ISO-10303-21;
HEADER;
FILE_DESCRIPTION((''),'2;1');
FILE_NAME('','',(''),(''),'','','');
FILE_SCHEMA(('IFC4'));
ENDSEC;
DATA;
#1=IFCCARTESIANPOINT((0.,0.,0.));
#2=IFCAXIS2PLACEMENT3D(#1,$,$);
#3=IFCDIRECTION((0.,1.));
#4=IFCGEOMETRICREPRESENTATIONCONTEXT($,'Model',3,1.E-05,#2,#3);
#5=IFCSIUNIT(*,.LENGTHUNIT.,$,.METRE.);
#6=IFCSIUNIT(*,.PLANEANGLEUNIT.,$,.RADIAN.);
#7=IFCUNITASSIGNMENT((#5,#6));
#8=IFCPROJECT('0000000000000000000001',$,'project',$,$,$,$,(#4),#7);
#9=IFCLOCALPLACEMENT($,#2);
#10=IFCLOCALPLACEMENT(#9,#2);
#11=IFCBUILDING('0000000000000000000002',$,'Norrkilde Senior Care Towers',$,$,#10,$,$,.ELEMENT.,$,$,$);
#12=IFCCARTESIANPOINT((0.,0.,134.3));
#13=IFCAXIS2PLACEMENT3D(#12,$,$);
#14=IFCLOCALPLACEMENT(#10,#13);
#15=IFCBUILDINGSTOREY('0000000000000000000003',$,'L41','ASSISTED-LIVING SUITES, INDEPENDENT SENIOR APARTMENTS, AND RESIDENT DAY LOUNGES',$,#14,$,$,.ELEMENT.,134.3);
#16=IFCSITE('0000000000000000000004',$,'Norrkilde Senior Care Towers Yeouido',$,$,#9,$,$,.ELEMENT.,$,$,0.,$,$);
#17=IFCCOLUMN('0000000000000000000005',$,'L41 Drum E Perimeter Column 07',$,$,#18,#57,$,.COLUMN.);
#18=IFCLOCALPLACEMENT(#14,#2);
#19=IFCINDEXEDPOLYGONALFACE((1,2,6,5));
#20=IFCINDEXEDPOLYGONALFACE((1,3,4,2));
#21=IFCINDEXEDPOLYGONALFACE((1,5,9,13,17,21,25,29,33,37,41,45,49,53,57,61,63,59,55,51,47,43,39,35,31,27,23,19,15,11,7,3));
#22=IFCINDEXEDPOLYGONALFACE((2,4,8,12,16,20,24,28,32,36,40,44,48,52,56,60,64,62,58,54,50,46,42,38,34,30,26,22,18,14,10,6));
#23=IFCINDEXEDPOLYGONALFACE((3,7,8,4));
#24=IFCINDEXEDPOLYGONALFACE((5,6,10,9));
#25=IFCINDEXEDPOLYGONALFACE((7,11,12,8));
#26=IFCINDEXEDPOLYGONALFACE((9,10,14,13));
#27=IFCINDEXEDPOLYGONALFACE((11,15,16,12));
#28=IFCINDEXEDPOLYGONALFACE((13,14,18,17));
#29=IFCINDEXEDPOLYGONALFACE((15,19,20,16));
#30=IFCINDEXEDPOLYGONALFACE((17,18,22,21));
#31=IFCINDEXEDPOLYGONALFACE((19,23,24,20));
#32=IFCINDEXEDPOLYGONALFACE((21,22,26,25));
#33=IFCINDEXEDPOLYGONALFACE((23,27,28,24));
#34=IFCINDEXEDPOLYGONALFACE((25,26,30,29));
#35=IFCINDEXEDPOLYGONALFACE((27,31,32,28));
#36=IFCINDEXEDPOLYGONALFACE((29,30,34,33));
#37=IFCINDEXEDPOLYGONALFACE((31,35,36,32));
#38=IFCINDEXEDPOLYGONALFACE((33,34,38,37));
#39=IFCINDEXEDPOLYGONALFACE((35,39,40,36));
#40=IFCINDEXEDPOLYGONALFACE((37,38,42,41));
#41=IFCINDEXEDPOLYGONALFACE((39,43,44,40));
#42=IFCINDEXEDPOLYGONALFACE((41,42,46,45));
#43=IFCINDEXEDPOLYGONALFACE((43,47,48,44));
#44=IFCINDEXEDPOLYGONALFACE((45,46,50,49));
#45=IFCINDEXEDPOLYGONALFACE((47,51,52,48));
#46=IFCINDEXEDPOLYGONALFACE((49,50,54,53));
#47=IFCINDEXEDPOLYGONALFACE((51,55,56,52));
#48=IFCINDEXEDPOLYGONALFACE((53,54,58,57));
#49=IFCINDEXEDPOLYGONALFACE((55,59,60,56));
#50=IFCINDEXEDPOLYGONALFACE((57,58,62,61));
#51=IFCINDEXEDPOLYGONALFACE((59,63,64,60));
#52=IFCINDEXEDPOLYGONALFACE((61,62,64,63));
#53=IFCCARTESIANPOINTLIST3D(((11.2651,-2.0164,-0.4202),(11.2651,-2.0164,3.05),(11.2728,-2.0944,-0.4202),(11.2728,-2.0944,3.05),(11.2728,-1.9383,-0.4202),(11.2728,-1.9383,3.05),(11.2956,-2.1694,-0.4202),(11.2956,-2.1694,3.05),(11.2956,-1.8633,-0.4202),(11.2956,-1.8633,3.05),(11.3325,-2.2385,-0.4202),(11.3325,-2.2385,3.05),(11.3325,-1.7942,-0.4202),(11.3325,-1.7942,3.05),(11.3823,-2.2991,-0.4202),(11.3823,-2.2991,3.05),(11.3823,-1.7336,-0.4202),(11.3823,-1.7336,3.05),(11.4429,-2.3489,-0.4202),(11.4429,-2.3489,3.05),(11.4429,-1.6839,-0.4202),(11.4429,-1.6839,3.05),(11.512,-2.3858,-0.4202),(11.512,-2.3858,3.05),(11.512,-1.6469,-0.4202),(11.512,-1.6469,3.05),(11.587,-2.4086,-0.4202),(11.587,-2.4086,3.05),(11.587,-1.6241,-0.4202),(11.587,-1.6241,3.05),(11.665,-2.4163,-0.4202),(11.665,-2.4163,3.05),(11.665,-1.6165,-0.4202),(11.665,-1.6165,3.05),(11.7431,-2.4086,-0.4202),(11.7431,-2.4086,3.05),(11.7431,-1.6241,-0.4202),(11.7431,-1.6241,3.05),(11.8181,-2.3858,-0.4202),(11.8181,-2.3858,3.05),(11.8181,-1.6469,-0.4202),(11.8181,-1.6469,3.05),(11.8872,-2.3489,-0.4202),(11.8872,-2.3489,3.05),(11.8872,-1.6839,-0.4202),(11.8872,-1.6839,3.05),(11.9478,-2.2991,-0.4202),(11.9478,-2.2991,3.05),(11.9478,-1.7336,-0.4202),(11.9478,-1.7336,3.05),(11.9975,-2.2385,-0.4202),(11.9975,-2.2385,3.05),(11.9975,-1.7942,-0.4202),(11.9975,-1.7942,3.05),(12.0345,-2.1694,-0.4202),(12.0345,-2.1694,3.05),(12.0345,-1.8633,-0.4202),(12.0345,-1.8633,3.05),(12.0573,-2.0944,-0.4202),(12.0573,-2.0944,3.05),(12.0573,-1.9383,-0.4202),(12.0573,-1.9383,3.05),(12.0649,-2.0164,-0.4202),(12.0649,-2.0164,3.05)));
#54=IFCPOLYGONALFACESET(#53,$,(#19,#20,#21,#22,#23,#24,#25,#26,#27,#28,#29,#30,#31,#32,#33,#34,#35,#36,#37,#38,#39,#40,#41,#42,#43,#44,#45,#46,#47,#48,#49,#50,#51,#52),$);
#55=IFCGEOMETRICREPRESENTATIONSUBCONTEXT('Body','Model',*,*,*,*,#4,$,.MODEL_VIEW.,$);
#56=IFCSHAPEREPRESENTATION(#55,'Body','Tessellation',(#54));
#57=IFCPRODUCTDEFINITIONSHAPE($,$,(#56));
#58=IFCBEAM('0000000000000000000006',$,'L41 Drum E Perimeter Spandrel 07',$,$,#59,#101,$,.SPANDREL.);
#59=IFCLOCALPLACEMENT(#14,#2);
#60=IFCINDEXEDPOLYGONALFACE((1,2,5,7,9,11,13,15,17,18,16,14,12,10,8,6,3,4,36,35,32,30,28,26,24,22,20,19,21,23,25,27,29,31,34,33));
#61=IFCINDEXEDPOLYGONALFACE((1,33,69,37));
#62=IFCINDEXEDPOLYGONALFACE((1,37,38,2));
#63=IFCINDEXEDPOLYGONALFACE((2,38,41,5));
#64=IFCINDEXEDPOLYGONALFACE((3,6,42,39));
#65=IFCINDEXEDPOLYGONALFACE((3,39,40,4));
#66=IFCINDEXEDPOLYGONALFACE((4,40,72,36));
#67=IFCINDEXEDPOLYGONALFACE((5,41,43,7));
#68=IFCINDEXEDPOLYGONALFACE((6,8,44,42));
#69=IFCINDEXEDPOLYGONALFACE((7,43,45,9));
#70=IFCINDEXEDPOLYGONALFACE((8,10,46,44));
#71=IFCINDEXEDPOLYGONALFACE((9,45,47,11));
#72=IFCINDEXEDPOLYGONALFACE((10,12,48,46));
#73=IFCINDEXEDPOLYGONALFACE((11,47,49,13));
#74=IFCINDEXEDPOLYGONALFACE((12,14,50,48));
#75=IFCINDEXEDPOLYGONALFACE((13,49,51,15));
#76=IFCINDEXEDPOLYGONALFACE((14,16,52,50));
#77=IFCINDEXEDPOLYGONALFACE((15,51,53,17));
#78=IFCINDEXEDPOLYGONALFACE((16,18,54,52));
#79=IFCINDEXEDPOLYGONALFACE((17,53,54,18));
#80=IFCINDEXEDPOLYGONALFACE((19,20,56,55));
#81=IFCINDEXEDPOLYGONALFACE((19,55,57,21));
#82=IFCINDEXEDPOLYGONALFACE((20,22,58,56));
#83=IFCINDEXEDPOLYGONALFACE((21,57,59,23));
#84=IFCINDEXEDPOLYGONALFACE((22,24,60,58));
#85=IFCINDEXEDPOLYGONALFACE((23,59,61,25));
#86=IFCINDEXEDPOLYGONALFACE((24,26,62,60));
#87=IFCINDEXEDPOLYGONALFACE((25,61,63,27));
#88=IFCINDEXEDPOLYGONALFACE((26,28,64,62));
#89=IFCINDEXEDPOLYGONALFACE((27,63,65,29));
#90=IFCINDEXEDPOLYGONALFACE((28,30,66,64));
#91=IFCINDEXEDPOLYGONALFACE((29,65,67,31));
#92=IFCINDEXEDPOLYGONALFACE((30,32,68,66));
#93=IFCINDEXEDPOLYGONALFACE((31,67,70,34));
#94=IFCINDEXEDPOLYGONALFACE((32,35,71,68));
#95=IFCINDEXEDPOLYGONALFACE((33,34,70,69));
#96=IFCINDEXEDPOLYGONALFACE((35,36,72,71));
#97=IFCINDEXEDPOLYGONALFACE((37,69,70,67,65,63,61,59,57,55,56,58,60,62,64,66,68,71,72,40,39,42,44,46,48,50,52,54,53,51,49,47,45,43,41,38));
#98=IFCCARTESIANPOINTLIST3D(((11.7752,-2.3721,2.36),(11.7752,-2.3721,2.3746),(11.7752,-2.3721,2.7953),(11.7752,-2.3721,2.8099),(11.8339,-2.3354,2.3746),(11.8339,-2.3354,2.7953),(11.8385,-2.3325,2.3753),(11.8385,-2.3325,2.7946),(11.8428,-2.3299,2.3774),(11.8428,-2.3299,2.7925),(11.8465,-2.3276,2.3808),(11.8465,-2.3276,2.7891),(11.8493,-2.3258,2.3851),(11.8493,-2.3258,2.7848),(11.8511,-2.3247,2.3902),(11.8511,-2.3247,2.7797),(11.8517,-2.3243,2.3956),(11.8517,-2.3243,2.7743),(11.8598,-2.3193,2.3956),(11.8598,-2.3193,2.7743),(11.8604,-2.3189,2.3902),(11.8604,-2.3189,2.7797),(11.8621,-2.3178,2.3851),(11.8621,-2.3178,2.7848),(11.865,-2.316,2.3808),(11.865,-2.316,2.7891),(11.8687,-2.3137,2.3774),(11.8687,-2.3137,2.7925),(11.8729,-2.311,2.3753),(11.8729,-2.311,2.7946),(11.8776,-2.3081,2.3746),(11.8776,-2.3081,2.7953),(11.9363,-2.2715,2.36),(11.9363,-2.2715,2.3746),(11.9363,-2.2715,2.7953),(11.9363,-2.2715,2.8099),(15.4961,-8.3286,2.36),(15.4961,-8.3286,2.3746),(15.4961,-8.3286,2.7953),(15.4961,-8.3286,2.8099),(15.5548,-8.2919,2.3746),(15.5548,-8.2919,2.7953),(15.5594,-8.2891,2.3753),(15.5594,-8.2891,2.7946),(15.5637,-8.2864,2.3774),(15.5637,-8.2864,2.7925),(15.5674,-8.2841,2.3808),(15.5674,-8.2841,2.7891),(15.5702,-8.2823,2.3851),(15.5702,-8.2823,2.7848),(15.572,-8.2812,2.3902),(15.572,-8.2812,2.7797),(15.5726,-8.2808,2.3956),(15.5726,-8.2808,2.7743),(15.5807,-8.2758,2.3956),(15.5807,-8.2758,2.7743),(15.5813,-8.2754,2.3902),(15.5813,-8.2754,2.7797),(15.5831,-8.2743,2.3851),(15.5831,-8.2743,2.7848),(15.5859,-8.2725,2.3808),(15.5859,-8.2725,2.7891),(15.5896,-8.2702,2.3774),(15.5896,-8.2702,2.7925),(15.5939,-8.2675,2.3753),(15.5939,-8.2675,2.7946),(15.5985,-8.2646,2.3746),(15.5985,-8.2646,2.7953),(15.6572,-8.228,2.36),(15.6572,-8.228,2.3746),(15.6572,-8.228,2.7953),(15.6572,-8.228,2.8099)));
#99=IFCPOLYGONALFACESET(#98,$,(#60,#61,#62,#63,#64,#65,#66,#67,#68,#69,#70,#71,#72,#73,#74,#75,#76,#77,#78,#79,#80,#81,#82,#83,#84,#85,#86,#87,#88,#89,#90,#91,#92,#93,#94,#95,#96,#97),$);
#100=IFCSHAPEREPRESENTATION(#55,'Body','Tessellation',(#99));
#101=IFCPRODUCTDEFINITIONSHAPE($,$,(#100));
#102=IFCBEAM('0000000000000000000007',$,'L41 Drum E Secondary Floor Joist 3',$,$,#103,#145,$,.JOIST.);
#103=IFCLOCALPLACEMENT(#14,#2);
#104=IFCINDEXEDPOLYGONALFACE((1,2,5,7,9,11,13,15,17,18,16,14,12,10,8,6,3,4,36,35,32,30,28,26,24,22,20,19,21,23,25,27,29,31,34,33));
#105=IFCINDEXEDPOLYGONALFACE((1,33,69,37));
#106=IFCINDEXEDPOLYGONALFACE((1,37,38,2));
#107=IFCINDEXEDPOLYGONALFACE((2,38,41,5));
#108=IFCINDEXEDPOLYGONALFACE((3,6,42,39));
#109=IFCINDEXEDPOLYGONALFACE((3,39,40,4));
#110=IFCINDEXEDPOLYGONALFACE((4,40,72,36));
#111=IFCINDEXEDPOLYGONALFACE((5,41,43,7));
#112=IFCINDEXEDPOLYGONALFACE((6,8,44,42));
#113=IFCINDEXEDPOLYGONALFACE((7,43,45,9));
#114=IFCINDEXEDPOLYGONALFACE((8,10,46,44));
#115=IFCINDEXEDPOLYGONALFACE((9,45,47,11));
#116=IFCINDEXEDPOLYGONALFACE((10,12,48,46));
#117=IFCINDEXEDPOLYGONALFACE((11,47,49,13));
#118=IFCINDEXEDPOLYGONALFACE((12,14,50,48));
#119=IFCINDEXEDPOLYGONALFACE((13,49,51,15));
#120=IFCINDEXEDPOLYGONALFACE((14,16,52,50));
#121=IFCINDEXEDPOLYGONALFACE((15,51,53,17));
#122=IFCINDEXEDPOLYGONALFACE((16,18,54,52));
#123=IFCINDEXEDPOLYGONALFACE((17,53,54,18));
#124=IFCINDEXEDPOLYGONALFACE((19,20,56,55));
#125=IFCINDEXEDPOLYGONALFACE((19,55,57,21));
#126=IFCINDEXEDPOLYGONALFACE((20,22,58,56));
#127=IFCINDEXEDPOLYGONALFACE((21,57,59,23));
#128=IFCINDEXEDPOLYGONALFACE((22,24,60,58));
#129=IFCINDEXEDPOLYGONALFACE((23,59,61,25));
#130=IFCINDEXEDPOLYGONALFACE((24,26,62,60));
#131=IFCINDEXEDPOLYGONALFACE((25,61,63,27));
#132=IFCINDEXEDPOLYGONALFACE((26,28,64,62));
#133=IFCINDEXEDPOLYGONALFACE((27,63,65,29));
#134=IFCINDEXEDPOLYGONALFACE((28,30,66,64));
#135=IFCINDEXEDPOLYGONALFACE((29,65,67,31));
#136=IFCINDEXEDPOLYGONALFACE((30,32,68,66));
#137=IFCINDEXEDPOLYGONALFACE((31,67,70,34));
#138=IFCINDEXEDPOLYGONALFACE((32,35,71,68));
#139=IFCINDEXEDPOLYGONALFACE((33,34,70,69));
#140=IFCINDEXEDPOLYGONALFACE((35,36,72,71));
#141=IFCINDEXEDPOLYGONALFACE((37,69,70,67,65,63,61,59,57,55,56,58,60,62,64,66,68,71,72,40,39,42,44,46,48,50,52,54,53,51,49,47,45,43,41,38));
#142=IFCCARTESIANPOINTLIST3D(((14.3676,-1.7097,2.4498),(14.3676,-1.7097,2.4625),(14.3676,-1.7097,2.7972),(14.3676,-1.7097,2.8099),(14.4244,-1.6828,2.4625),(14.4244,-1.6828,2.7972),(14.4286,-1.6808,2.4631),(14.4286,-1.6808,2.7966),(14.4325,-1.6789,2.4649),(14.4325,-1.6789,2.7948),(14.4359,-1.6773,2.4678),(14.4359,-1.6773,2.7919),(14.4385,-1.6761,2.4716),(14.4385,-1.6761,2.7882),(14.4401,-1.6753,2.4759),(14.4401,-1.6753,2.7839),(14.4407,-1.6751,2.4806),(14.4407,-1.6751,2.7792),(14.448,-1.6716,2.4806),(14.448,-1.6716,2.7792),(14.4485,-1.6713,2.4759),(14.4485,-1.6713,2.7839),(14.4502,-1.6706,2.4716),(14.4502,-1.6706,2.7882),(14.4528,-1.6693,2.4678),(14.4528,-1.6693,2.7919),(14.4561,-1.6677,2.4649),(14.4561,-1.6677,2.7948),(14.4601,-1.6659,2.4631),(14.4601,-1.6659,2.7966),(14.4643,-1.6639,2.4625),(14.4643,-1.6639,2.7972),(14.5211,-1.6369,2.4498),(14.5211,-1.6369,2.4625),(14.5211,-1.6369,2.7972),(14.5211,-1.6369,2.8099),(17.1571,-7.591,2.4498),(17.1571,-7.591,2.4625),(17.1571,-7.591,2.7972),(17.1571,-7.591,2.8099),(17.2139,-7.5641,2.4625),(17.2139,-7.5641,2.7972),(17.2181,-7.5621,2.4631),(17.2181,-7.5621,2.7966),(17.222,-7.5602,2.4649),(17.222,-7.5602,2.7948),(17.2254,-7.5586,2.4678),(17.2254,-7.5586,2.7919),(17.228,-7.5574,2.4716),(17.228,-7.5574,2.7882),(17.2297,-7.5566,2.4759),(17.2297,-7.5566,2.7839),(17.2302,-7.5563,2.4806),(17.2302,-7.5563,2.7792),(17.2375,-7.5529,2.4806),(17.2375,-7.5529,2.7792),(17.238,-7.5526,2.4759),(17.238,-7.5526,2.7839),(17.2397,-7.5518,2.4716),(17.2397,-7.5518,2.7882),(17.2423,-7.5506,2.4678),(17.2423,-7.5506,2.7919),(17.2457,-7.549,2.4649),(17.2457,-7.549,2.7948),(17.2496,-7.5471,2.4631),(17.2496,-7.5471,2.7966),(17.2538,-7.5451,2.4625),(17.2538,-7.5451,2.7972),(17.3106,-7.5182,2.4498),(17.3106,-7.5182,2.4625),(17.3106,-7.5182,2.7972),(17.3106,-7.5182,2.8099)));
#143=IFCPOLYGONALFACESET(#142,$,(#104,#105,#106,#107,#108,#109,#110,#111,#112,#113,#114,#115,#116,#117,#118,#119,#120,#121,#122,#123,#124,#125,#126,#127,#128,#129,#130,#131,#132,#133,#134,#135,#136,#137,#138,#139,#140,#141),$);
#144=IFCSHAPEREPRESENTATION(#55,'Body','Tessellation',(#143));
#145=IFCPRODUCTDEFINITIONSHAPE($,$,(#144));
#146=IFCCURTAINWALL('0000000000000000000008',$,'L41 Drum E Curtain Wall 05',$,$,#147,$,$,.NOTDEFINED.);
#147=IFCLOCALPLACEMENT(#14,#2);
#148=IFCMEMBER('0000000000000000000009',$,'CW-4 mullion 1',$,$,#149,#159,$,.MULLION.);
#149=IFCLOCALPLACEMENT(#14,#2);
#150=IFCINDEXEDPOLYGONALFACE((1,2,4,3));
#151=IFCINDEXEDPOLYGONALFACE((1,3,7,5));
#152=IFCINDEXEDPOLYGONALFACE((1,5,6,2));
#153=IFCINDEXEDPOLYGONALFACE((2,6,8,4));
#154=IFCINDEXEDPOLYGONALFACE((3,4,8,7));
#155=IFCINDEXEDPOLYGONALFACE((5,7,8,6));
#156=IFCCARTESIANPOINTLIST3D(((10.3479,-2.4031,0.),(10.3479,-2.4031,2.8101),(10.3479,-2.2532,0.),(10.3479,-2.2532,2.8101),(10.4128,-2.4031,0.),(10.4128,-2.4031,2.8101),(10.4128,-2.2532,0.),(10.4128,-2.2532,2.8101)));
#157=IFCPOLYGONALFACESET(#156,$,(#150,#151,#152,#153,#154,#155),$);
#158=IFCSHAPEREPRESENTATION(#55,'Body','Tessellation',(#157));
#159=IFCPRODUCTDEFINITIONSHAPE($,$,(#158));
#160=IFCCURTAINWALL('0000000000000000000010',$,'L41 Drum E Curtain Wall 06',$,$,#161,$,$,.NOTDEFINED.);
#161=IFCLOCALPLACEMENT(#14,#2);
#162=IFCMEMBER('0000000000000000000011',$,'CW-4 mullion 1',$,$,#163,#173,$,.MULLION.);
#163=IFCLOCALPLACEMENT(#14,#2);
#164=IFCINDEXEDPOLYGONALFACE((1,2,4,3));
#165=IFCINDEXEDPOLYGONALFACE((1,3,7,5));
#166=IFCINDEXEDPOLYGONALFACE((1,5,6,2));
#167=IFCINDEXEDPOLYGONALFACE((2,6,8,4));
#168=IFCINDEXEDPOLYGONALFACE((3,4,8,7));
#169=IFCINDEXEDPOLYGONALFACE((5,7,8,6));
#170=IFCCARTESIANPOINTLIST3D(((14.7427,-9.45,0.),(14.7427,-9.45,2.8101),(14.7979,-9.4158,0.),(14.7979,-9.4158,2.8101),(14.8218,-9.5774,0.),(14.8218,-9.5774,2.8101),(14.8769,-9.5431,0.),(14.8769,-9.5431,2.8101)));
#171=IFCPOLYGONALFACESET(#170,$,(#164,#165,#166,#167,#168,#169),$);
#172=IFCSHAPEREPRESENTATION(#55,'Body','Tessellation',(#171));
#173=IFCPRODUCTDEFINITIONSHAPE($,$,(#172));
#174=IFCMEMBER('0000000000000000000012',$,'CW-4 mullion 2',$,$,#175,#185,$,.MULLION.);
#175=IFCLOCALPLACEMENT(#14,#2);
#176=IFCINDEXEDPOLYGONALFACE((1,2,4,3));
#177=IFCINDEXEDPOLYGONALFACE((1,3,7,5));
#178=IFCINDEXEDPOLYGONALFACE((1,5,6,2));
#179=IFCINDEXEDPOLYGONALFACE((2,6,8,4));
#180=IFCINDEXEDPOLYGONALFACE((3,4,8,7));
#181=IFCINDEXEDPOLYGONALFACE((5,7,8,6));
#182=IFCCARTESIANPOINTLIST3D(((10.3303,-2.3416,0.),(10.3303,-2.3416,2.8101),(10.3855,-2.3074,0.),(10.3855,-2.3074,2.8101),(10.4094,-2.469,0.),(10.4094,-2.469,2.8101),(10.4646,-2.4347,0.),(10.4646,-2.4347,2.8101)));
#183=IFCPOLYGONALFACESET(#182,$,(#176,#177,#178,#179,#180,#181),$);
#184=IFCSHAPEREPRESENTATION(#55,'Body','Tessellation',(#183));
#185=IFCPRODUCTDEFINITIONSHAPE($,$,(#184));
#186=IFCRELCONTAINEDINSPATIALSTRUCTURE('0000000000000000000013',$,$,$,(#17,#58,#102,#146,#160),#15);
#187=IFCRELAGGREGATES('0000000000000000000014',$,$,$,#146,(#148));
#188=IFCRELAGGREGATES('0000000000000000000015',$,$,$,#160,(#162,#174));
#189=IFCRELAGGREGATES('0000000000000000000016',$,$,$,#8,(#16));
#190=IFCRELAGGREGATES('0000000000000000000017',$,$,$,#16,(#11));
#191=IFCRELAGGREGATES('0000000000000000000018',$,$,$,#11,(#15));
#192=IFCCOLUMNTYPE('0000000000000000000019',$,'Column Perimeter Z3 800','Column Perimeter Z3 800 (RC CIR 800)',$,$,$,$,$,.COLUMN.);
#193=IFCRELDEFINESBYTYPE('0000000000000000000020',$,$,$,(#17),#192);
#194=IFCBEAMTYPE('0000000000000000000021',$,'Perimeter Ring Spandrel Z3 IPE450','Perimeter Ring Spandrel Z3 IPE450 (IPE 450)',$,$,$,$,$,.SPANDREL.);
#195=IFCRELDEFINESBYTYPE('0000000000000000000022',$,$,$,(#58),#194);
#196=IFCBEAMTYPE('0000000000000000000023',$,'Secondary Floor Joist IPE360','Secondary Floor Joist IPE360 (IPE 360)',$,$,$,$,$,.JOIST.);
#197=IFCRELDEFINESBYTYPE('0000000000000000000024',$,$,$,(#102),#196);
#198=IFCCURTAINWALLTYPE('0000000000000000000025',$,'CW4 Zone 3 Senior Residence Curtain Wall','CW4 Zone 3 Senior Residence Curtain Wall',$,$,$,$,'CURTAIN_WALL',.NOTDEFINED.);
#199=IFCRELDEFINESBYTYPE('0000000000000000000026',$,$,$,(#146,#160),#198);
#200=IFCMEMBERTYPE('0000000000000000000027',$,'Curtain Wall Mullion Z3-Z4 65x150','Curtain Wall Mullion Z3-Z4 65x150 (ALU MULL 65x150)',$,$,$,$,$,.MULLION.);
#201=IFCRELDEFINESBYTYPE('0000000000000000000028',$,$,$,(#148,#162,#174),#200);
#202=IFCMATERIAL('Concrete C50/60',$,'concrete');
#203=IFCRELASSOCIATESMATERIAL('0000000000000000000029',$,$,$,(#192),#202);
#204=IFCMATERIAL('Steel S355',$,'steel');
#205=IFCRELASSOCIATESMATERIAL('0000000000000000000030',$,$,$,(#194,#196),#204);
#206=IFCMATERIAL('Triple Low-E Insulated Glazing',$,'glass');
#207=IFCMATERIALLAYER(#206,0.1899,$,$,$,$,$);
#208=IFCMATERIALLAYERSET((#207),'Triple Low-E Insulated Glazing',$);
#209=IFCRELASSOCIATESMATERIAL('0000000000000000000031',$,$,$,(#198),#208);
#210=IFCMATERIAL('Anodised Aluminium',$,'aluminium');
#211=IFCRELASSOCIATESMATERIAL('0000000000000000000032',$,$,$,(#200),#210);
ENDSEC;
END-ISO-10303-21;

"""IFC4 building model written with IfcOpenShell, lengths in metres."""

from ifc_helpers import new_model, si_unit, direction, frame, origin, origin_2d, place, context, subcontext, project, spatial, rectangle, circle, i_section, extrude, source, transform, mapped, material, layer, layer_set, material_profile, profile_set, type_object, type_shapes, element, aggregate, save


model = new_model("IFC4")

# Units and contexts
model_context = context("Model", 3, precision=1e-05, world=origin(), true_north=direction((0.0, 1.0)))
body_context = subcontext(model_context, "Body", "Model", "MODEL_VIEW")
ifc_project = project(units=[si_unit("LENGTHUNIT", "METRE"), si_unit("PLANEANGLEUNIT", "RADIAN")], contexts=[model_context])

# Site, building, storey
site_placement = place(None, origin())
site = spatial("IfcSite", under=ifc_project, at=site_placement, Name="Norrkilde Senior Care Towers Yeouido", CompositionType="ELEMENT", RefElevation=0.0)
building_placement = place(site_placement, origin())
building = spatial("IfcBuilding", under=site, at=building_placement, Name="Norrkilde Senior Care Towers", CompositionType="ELEMENT")
storey_placement = place(building_placement, frame((0.0, 0.0, 134.3)))
storey = spatial("IfcBuildingStorey", under=building, at=storey_placement, Name="L41", Description="ASSISTED-LIVING SUITES, INDEPENDENT SENIOR APARTMENTS, AND RESIDENT DAY LOUNGES", CompositionType="ELEMENT", Elevation=134.3)

# Column
ifc_material_1 = material(Name="Concrete C50/60", Category="concrete")
ifc_material_profile_1 = material_profile(ifc_material_1, circle(Radius=0.3999, at=origin_2d()), Name="RC CIR 800")
ifc_profile_set_1 = profile_set([ifc_material_profile_1], Name="Concrete C50/60")
column_type = type_object("IfcColumnType", Name="Column Perimeter Z3 800", Description="Column Perimeter Z3 800 (RC CIR 800)", PredefinedType="COLUMN", material=ifc_profile_set_1)
shared_shape_1 = source(origin(), body_context, "Body", "SweptSolid", [
    extrude(circle(Radius=0.3999, at=origin_2d()), origin(), (0.0, 0.0, 1.0), 3.4702),
])
type_shapes(column_type, [shared_shape_1])
column_placement = place(storey_placement, frame((11.665, -2.0164, -0.4202), z_axis=(0.0, 0.0, 1.0), x_axis=(1.0, 0.0, 0.0)))
element("IfcColumn", 1, at=column_placement, inside=storey, type_object=column_type, Name="L41 Drum E Perimeter Column 07", PredefinedType="COLUMN", context=body_context, shape_type="MappedRepresentation", body=[
    mapped(shared_shape_1, transform((0.0, 0.0, 0.0), x_axis=(1.0, 0.0, 0.0), y_axis=(0.0, 1.0, 0.0), z_axis=(0.0, 0.0, 1.0), scale=1.0)),
])

# Beams
ifc_material_2 = material(Name="Steel S355", Category="steel")
ifc_material_profile_2 = material_profile(ifc_material_2, i_section(OverallWidth=0.1899, OverallDepth=0.45, WebThickness=0.0095, FlangeThickness=0.0146, FilletRadius=0.021, at=origin_2d()), Name="IPE 450")
ifc_profile_set_2 = profile_set([ifc_material_profile_2], Name="Steel S355")
beam_type_1 = type_object("IfcBeamType", Name="Perimeter Ring Spandrel Z3 IPE450", Description="Perimeter Ring Spandrel Z3 IPE450 (IPE 450)", PredefinedType="SPANDREL", material=ifc_profile_set_2)
shared_shape_2 = source(origin(), body_context, "Body", "SweptSolid", [
    extrude(i_section(OverallWidth=0.1899, OverallDepth=0.45, WebThickness=0.0095, FlangeThickness=0.0146, FilletRadius=0.021, at=origin_2d()), origin(), (0.0, 0.0, 1.0), 7.0232),
])
type_shapes(beam_type_1, [shared_shape_2])
beam_1_placement = place(storey_placement, frame((11.8557, -2.3218, 2.585), z_axis=(0.529805, -0.848119, 0.0), x_axis=(0.848119, 0.529805, 0.0)))
element("IfcBeam", 2, at=beam_1_placement, inside=storey, type_object=beam_type_1, Name="L41 Drum E Perimeter Spandrel 07", PredefinedType="SPANDREL", context=body_context, shape_type="MappedRepresentation", body=[
    mapped(shared_shape_2, transform((0.0, 0.0, 0.0), x_axis=(1.0, 0.0, 0.0), y_axis=(0.0, 1.0, 0.0), z_axis=(0.0, 0.0, 1.0), scale=1.0)),
])
ifc_material_profile_3 = material_profile(ifc_material_2, i_section(OverallWidth=0.1699, OverallDepth=0.3601, WebThickness=0.0081, FlangeThickness=0.0127, FilletRadius=0.0181, at=origin_2d()), Name="IPE 360")
ifc_profile_set_3 = profile_set([ifc_material_profile_3], Name="Steel S355")
beam_type_2 = type_object("IfcBeamType", Name="Secondary Floor Joist IPE360", Description="Secondary Floor Joist IPE360 (IPE 360)", PredefinedType="JOIST", material=ifc_profile_set_3)
shared_shape_3 = source(origin(), body_context, "Body", "SweptSolid", [
    extrude(i_section(OverallWidth=0.1699, OverallDepth=0.3601, WebThickness=0.0081, FlangeThickness=0.0127, FilletRadius=0.0181, at=origin_2d()), origin(), (0.0, 0.0, 1.0), 6.5093),
])
type_shapes(beam_type_2, [shared_shape_3])
beam_2_placement = place(storey_placement, frame((14.4443, -1.6733, 2.6299), z_axis=(0.428544, -0.903521, 0.0), x_axis=(0.903521, 0.428544, 0.0)))
element("IfcBeam", 3, at=beam_2_placement, inside=storey, type_object=beam_type_2, Name="L41 Drum E Secondary Floor Joist 3", PredefinedType="JOIST", context=body_context, shape_type="MappedRepresentation", body=[
    mapped(shared_shape_3, transform((0.0, 0.0, 0.0), x_axis=(1.0, 0.0, 0.0), y_axis=(0.0, 1.0, 0.0), z_axis=(0.0, 0.0, 1.0), scale=1.0)),
])

# Curtain wall, member
ifc_material_3 = material(Name="Triple Low-E Insulated Glazing", Category="glass")
ifc_layer_1 = layer(ifc_material_3, 0.1899)
ifc_layer_set_1 = layer_set([ifc_layer_1], Name="Triple Low-E Insulated Glazing")
curtain_wall_type = type_object("IfcCurtainWallType", Name="CW4 Zone 3 Senior Residence Curtain Wall", Description="CW4 Zone 3 Senior Residence Curtain Wall", ElementType="CURTAIN_WALL", PredefinedType="NOTDEFINED", material=ifc_layer_set_1)
curtain_wall_1_placement = place(storey_placement, origin())
curtain_wall_1 = element("IfcCurtainWall", 4, at=curtain_wall_1_placement, inside=storey, type_object=curtain_wall_type, Name="L41 Drum E Curtain Wall 05", PredefinedType="NOTDEFINED")
ifc_material_4 = material(Name="Anodised Aluminium", Category="aluminium")
ifc_material_profile_4 = material_profile(ifc_material_4, rectangle(XDim=0.0649, YDim=0.1499, at=origin_2d()), Name="ALU MULL 65x150")
ifc_profile_set_4 = profile_set([ifc_material_profile_4], Name="Anodised Aluminium")
member_type_1 = type_object("IfcMemberType", Name="Curtain Wall Mullion Z3-Z4 65x150", Description="Curtain Wall Mullion Z3-Z4 65x150 (ALU MULL 65x150)", PredefinedType="MULLION", material=ifc_profile_set_4)
shared_shape_4 = source(origin(), body_context, "Body", "SweptSolid", [
    extrude(rectangle(XDim=0.0649, YDim=0.1499, at=origin_2d()), origin(), (0.0, 0.0, 1.0), 2.8101),
])
type_shapes(member_type_1, [shared_shape_4])
member_1_placement = place(storey_placement, frame((10.3804, -2.3281, 0.0), z_axis=(0.0, 0.0, 1.0), x_axis=(-1.0, 0.0, 0.0)))
member_1 = element("IfcMember", 5, at=member_1_placement, type_object=member_type_1, Name="CW-4 mullion 1", PredefinedType="MULLION", context=body_context, shape_type="MappedRepresentation", body=[
    mapped(shared_shape_4, transform((0.0, 0.0, 0.0), x_axis=(1.0, 0.0, 0.0), y_axis=(0.0, 1.0, 0.0), z_axis=(0.0, 0.0, 1.0), scale=1.0)),
])

# Curtain wall, members
curtain_wall_2_placement = place(storey_placement, origin())
curtain_wall_2 = element("IfcCurtainWall", 6, at=curtain_wall_2_placement, inside=storey, type_object=curtain_wall_type, Name="L41 Drum E Curtain Wall 06", PredefinedType="NOTDEFINED")
member_2_placement = place(storey_placement, frame((14.8098, -9.4966, 0.0), z_axis=(0.0, 0.0, 1.0), x_axis=(-0.849634, -0.527373, 0.0)))
member_2 = element("IfcMember", 7, at=member_2_placement, type_object=member_type_1, Name="CW-4 mullion 1", PredefinedType="MULLION", context=body_context, shape_type="MappedRepresentation", body=[
    mapped(shared_shape_4, transform((0.0, 0.0, 0.0), x_axis=(1.0, 0.0, 0.0), y_axis=(0.0, 1.0, 0.0), z_axis=(0.0, 0.0, 1.0), scale=1.0)),
])
member_3_placement = place(storey_placement, frame((10.3975, -2.3882, 0.0), z_axis=(0.0, 0.0, 1.0), x_axis=(-0.849634, -0.527373, 0.0)))
member_3 = element("IfcMember", 8, at=member_3_placement, type_object=member_type_1, Name="CW-4 mullion 2", PredefinedType="MULLION", context=body_context, shape_type="MappedRepresentation", body=[
    mapped(shared_shape_4, transform((0.0, 0.0, 0.0), x_axis=(1.0, 0.0, 0.0), y_axis=(0.0, 1.0, 0.0), z_axis=(0.0, 0.0, 1.0), scale=1.0)),
])

aggregate(curtain_wall_1, [member_1])

aggregate(curtain_wall_2, [member_2, member_3])

save(model, "model.ifc")
